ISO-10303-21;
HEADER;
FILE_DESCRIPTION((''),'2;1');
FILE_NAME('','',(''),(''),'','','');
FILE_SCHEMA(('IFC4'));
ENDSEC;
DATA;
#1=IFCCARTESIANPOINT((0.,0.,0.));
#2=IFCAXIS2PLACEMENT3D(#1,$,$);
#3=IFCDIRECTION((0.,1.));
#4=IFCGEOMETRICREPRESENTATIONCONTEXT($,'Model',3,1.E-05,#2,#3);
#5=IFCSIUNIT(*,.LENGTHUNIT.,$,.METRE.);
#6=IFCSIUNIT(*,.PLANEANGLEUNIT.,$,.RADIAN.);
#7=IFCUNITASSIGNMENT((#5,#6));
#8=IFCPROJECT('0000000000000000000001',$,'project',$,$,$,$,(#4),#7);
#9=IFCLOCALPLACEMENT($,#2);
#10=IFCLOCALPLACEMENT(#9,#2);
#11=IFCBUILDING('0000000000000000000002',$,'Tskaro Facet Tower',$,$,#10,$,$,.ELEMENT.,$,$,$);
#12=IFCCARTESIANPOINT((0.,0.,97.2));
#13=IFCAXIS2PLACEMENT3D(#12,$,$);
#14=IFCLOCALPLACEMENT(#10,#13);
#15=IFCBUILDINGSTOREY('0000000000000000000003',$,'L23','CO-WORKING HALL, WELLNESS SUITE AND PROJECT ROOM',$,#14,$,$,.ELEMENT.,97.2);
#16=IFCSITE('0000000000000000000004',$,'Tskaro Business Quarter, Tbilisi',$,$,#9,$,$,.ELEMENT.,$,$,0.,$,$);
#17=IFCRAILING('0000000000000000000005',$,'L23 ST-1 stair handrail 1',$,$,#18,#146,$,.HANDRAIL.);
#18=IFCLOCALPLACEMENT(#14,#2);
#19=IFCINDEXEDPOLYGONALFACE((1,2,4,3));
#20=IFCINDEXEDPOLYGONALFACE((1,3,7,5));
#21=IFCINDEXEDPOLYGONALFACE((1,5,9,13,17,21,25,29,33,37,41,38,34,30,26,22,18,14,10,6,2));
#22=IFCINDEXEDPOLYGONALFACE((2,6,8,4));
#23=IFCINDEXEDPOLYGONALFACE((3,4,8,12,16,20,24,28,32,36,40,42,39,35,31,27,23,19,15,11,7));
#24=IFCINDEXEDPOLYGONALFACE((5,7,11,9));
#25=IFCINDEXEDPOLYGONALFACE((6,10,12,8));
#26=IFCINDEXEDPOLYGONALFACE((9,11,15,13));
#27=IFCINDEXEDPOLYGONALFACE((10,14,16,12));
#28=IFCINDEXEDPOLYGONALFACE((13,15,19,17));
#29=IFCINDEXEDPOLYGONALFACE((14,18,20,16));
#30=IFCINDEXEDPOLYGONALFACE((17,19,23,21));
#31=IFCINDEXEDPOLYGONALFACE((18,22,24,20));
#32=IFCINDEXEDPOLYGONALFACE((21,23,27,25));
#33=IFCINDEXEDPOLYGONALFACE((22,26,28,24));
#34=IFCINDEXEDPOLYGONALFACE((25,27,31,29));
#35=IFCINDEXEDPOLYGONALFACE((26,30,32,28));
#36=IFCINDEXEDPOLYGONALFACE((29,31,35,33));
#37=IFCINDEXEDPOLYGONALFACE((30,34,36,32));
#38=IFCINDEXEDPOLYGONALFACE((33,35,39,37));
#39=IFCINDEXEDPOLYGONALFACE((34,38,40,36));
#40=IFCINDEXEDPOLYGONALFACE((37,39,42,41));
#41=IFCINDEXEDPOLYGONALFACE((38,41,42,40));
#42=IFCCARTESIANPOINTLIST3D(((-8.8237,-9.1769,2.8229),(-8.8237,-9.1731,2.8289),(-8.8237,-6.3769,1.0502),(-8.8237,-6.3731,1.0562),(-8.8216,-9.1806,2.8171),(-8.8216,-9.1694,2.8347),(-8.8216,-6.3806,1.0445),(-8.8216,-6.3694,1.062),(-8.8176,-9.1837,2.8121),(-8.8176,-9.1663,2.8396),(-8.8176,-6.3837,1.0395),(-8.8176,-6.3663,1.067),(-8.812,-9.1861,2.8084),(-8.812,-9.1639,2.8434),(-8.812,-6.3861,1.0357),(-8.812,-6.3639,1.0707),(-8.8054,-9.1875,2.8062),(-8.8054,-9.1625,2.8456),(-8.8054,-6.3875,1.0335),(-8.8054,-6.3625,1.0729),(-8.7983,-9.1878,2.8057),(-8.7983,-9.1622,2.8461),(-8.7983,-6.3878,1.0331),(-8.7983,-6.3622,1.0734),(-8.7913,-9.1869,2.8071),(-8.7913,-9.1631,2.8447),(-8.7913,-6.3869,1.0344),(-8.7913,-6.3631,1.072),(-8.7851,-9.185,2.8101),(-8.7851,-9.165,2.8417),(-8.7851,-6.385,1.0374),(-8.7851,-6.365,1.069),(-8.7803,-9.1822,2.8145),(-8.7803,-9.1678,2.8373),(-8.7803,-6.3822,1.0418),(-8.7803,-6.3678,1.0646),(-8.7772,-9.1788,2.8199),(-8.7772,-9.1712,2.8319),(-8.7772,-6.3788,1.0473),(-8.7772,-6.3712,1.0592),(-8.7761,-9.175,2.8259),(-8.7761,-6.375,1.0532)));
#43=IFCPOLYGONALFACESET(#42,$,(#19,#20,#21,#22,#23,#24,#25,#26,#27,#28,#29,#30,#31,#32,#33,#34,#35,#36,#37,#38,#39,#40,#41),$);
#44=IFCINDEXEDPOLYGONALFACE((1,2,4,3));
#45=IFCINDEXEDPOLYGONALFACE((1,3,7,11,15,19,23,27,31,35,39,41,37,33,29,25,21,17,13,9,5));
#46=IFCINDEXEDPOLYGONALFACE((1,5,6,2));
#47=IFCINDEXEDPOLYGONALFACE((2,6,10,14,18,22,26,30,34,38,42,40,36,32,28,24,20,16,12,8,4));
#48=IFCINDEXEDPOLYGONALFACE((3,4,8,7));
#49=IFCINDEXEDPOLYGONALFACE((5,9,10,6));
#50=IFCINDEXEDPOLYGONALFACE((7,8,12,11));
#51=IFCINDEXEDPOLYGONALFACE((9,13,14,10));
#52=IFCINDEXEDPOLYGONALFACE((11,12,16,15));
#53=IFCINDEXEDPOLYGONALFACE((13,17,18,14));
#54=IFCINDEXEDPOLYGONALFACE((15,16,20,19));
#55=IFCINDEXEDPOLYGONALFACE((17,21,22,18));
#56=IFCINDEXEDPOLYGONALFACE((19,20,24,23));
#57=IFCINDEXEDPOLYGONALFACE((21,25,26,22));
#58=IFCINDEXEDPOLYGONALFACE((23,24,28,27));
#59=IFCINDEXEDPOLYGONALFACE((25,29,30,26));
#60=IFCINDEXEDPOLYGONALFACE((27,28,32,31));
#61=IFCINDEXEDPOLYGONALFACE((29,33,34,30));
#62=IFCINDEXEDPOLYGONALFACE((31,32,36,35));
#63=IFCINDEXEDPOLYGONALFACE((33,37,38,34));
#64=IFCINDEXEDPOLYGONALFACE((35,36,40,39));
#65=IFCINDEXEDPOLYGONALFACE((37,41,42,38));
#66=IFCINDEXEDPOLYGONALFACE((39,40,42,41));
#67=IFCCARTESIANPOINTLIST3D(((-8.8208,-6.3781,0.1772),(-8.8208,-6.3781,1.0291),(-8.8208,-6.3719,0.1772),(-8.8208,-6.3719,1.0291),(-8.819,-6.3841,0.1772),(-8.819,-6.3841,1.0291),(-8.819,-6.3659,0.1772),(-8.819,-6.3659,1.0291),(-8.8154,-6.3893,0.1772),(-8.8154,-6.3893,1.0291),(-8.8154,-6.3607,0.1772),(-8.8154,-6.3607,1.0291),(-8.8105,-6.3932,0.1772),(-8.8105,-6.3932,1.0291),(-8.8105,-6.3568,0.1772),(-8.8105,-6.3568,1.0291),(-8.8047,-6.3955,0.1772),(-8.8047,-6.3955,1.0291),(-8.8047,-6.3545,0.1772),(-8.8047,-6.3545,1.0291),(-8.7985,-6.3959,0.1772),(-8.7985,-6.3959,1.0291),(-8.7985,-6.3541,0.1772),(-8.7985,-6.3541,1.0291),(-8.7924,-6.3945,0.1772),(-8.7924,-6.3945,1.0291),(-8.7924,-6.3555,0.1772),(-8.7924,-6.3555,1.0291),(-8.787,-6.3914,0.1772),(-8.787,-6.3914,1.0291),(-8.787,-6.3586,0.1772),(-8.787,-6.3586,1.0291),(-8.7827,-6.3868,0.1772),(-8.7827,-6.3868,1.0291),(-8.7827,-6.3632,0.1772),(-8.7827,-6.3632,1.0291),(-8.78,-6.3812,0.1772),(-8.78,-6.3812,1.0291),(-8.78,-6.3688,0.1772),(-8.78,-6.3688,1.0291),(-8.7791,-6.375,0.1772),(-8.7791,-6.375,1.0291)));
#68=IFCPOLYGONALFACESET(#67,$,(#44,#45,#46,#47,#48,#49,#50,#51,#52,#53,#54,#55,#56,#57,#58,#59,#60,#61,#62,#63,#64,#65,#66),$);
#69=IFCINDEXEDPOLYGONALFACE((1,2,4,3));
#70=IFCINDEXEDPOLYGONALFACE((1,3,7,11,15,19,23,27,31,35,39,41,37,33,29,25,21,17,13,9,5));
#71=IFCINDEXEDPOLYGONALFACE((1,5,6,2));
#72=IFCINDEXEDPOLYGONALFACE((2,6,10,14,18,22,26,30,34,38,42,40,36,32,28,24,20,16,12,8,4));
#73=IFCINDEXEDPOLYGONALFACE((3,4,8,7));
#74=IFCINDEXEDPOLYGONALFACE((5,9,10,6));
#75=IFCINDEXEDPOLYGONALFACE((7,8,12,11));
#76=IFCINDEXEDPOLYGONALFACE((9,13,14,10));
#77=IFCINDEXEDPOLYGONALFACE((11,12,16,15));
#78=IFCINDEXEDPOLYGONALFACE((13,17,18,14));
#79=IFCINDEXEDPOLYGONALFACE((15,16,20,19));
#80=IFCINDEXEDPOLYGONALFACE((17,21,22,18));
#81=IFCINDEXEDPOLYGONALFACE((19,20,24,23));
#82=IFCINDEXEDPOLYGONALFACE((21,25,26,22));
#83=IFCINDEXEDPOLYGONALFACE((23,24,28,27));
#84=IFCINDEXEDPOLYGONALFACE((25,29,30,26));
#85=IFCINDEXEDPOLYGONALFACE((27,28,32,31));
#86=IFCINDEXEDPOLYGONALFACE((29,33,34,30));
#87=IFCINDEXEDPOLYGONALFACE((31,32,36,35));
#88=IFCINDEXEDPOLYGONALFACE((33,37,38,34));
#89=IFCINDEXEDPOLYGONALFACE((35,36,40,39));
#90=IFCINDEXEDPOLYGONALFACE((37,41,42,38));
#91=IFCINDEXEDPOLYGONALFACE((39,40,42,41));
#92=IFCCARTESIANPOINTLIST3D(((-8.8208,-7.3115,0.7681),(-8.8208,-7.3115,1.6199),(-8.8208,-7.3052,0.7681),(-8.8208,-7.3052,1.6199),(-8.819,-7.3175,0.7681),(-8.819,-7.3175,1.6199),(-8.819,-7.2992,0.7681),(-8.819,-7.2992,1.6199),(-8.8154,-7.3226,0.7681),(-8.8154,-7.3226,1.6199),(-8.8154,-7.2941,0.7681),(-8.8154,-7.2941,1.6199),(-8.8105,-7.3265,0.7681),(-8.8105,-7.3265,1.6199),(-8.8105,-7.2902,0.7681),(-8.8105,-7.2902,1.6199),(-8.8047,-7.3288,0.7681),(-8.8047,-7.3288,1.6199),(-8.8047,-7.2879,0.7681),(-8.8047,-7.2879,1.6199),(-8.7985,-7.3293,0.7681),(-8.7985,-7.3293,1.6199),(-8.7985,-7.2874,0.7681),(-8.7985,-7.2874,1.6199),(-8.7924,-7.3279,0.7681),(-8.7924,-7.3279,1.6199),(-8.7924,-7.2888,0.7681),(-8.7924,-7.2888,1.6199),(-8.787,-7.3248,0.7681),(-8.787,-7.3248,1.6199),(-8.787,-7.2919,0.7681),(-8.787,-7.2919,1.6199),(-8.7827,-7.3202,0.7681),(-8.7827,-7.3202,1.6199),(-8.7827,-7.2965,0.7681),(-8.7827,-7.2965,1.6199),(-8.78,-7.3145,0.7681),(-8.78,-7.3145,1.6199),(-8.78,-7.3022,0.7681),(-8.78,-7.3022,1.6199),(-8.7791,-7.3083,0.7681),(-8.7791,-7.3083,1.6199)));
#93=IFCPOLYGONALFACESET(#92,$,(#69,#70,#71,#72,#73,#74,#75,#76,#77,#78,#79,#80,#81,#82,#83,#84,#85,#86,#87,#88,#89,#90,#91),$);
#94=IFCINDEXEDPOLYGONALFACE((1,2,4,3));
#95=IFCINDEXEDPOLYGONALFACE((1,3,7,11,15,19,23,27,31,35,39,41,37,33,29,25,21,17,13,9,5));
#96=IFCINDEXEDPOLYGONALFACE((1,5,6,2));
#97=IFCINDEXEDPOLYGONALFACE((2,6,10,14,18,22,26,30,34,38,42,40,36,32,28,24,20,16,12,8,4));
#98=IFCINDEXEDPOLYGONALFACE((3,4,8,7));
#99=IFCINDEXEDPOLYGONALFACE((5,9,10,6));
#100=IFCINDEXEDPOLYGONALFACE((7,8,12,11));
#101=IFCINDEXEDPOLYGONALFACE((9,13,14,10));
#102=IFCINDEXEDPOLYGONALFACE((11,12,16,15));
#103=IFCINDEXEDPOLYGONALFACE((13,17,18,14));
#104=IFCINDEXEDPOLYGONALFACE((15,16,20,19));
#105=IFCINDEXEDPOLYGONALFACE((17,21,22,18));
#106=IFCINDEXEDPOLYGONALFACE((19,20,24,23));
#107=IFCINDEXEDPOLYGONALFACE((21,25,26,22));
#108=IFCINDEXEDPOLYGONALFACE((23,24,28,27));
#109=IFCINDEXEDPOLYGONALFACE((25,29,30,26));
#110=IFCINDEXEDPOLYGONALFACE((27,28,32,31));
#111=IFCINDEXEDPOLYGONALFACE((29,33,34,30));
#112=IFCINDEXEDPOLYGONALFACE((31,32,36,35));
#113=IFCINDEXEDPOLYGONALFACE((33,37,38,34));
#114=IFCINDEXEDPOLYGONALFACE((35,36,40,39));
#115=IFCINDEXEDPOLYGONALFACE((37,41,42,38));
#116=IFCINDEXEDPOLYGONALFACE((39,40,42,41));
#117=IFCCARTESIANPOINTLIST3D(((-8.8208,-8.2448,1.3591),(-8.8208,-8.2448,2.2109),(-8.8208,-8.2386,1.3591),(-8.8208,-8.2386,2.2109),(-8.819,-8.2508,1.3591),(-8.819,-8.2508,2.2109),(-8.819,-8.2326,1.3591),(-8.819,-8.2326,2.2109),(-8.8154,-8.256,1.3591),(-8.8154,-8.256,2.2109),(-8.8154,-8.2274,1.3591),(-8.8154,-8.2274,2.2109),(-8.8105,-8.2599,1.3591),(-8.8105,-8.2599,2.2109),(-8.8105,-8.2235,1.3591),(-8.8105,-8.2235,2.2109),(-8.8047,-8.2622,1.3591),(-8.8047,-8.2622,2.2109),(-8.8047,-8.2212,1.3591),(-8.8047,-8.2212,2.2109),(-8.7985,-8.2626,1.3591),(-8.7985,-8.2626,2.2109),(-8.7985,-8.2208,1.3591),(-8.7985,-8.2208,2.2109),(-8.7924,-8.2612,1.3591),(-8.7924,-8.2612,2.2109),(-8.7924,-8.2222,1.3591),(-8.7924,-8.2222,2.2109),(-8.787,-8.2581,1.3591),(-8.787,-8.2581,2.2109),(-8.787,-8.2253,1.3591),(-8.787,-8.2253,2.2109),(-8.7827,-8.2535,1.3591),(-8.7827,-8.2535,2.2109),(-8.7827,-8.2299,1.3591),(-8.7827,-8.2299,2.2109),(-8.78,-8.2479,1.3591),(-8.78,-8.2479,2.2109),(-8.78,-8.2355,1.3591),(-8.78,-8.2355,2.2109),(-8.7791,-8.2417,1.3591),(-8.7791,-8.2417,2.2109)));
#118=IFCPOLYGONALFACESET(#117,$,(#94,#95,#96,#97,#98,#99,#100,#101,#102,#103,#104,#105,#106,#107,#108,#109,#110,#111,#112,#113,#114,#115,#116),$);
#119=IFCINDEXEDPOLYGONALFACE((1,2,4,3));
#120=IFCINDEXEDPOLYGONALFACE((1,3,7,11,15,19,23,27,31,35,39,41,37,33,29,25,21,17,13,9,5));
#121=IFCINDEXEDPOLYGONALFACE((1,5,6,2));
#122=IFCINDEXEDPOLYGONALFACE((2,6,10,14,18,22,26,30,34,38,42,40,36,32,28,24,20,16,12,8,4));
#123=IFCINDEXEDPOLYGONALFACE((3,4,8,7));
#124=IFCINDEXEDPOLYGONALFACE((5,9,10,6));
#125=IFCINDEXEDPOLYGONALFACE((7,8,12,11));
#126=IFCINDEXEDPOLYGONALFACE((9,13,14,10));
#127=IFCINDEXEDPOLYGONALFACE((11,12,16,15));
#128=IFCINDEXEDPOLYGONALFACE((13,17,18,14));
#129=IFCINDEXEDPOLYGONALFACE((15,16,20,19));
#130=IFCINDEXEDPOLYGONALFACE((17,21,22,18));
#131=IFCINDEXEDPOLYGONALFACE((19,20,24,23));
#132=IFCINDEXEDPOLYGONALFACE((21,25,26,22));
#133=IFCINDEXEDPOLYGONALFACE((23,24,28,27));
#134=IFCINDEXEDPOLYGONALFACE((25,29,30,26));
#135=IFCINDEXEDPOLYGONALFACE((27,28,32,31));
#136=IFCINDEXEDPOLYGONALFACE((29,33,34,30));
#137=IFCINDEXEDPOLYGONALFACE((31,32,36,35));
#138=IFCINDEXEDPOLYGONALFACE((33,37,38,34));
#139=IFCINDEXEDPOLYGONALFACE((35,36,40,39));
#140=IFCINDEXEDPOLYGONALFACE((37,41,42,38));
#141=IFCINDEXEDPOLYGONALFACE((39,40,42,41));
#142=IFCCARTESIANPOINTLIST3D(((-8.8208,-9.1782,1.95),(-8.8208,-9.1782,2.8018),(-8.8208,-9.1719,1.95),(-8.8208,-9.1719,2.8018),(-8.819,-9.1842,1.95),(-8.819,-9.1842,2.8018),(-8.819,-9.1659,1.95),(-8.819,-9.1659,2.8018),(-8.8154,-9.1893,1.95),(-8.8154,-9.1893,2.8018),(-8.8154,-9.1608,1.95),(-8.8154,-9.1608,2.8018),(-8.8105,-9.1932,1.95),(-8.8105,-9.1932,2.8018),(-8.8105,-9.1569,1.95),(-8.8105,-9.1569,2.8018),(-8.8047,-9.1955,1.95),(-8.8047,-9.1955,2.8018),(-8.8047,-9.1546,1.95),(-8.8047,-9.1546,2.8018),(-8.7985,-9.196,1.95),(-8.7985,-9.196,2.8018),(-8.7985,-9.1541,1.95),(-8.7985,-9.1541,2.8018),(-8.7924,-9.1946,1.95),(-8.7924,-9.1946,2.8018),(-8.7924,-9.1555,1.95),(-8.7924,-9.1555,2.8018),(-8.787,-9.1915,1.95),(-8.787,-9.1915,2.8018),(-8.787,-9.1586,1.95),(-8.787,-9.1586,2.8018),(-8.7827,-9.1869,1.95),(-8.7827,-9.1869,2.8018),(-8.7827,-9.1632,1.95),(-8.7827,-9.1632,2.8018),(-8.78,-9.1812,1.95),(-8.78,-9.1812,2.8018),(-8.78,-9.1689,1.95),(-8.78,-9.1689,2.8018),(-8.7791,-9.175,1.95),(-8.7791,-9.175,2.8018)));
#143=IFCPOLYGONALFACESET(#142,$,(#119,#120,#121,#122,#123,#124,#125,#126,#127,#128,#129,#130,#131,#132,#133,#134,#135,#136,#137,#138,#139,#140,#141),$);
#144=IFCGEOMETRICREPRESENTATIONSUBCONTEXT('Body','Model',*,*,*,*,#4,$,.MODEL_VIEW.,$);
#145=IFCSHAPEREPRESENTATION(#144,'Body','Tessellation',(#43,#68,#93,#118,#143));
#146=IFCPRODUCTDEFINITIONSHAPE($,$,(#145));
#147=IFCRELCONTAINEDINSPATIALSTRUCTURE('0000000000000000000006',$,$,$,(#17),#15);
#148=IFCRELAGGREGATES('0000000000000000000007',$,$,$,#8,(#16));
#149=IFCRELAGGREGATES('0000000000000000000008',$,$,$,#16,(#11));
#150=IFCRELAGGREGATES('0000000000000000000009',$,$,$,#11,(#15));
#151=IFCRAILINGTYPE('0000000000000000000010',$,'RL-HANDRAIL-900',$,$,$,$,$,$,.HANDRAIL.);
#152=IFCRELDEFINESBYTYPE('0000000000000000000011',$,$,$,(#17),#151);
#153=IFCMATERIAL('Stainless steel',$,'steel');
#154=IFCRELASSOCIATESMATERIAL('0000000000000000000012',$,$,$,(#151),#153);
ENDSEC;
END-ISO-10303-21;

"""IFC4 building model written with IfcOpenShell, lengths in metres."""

from ifc_helpers import new_model, si_unit, direction, frame, origin, origin_2d, place, context, subcontext, project, spatial, circle, extrude, material, type_object, element, save


model = new_model("IFC4")

# Units and contexts
model_context = context("Model", 3, precision=1e-05, world=origin(), true_north=direction((0.0, 1.0)))
body_context = subcontext(model_context, "Body", "Model", "MODEL_VIEW")
ifc_project = project(units=[si_unit("LENGTHUNIT", "METRE"), si_unit("PLANEANGLEUNIT", "RADIAN")], contexts=[model_context])

# Site, building, storey
site_placement = place(None, origin())
site = spatial("IfcSite", under=ifc_project, at=site_placement, Name="Tskaro Business Quarter, Tbilisi", CompositionType="ELEMENT", RefElevation=0.0)
building_placement = place(site_placement, origin())
building = spatial("IfcBuilding", under=site, at=building_placement, Name="Tskaro Facet Tower", CompositionType="ELEMENT")
storey_placement = place(building_placement, frame((0.0, 0.0, 97.2)))
storey = spatial("IfcBuildingStorey", under=building, at=storey_placement, Name="L23", Description="CO-WORKING HALL, WELLNESS SUITE AND PROJECT ROOM", CompositionType="ELEMENT", Elevation=97.2)

# Shared definitions
ifc_material_1 = material(Name="Stainless steel", Category="steel")

# Railing
railing_type_1 = type_object("IfcRailingType", Name="RL-HANDRAIL-900", PredefinedType="HANDRAIL", material=ifc_material_1)
railing_1_placement = place(storey_placement, frame((-8.8, -6.375, 0.1772)))
element("IfcRailing", 1, at=railing_1_placement, inside=storey, type_object=railing_type_1, Name="L23 ST-1 stair handrail 1", PredefinedType="HANDRAIL", context=body_context, shape_type="SweptSolid", body=[
    extrude(circle(Radius=0.0239, at=origin_2d()), frame((0.0, 0.0, 0.876), z_axis=(0.0, -0.844909, 0.53491), x_axis=(1.0, 0.0, 0.0)), (0.0, 0.0, 1.0), 3.314),
    extrude(circle(Radius=0.021, at=origin_2d()), origin(), (0.0, 0.0, 1.0), 0.8518),
    extrude(circle(Radius=0.021, at=origin_2d()), frame((0.0, -0.9333, 0.5908)), (0.0, 0.0, 1.0), 0.8518),
    extrude(circle(Radius=0.021, at=origin_2d()), frame((0.0, -1.8667, 1.1819)), (0.0, 0.0, 1.0), 0.8518),
    extrude(circle(Radius=0.021, at=origin_2d()), frame((0.0, -2.8, 1.7727)), (0.0, 0.0, 1.0), 0.8518),
])

save(model, "model.ifc")
